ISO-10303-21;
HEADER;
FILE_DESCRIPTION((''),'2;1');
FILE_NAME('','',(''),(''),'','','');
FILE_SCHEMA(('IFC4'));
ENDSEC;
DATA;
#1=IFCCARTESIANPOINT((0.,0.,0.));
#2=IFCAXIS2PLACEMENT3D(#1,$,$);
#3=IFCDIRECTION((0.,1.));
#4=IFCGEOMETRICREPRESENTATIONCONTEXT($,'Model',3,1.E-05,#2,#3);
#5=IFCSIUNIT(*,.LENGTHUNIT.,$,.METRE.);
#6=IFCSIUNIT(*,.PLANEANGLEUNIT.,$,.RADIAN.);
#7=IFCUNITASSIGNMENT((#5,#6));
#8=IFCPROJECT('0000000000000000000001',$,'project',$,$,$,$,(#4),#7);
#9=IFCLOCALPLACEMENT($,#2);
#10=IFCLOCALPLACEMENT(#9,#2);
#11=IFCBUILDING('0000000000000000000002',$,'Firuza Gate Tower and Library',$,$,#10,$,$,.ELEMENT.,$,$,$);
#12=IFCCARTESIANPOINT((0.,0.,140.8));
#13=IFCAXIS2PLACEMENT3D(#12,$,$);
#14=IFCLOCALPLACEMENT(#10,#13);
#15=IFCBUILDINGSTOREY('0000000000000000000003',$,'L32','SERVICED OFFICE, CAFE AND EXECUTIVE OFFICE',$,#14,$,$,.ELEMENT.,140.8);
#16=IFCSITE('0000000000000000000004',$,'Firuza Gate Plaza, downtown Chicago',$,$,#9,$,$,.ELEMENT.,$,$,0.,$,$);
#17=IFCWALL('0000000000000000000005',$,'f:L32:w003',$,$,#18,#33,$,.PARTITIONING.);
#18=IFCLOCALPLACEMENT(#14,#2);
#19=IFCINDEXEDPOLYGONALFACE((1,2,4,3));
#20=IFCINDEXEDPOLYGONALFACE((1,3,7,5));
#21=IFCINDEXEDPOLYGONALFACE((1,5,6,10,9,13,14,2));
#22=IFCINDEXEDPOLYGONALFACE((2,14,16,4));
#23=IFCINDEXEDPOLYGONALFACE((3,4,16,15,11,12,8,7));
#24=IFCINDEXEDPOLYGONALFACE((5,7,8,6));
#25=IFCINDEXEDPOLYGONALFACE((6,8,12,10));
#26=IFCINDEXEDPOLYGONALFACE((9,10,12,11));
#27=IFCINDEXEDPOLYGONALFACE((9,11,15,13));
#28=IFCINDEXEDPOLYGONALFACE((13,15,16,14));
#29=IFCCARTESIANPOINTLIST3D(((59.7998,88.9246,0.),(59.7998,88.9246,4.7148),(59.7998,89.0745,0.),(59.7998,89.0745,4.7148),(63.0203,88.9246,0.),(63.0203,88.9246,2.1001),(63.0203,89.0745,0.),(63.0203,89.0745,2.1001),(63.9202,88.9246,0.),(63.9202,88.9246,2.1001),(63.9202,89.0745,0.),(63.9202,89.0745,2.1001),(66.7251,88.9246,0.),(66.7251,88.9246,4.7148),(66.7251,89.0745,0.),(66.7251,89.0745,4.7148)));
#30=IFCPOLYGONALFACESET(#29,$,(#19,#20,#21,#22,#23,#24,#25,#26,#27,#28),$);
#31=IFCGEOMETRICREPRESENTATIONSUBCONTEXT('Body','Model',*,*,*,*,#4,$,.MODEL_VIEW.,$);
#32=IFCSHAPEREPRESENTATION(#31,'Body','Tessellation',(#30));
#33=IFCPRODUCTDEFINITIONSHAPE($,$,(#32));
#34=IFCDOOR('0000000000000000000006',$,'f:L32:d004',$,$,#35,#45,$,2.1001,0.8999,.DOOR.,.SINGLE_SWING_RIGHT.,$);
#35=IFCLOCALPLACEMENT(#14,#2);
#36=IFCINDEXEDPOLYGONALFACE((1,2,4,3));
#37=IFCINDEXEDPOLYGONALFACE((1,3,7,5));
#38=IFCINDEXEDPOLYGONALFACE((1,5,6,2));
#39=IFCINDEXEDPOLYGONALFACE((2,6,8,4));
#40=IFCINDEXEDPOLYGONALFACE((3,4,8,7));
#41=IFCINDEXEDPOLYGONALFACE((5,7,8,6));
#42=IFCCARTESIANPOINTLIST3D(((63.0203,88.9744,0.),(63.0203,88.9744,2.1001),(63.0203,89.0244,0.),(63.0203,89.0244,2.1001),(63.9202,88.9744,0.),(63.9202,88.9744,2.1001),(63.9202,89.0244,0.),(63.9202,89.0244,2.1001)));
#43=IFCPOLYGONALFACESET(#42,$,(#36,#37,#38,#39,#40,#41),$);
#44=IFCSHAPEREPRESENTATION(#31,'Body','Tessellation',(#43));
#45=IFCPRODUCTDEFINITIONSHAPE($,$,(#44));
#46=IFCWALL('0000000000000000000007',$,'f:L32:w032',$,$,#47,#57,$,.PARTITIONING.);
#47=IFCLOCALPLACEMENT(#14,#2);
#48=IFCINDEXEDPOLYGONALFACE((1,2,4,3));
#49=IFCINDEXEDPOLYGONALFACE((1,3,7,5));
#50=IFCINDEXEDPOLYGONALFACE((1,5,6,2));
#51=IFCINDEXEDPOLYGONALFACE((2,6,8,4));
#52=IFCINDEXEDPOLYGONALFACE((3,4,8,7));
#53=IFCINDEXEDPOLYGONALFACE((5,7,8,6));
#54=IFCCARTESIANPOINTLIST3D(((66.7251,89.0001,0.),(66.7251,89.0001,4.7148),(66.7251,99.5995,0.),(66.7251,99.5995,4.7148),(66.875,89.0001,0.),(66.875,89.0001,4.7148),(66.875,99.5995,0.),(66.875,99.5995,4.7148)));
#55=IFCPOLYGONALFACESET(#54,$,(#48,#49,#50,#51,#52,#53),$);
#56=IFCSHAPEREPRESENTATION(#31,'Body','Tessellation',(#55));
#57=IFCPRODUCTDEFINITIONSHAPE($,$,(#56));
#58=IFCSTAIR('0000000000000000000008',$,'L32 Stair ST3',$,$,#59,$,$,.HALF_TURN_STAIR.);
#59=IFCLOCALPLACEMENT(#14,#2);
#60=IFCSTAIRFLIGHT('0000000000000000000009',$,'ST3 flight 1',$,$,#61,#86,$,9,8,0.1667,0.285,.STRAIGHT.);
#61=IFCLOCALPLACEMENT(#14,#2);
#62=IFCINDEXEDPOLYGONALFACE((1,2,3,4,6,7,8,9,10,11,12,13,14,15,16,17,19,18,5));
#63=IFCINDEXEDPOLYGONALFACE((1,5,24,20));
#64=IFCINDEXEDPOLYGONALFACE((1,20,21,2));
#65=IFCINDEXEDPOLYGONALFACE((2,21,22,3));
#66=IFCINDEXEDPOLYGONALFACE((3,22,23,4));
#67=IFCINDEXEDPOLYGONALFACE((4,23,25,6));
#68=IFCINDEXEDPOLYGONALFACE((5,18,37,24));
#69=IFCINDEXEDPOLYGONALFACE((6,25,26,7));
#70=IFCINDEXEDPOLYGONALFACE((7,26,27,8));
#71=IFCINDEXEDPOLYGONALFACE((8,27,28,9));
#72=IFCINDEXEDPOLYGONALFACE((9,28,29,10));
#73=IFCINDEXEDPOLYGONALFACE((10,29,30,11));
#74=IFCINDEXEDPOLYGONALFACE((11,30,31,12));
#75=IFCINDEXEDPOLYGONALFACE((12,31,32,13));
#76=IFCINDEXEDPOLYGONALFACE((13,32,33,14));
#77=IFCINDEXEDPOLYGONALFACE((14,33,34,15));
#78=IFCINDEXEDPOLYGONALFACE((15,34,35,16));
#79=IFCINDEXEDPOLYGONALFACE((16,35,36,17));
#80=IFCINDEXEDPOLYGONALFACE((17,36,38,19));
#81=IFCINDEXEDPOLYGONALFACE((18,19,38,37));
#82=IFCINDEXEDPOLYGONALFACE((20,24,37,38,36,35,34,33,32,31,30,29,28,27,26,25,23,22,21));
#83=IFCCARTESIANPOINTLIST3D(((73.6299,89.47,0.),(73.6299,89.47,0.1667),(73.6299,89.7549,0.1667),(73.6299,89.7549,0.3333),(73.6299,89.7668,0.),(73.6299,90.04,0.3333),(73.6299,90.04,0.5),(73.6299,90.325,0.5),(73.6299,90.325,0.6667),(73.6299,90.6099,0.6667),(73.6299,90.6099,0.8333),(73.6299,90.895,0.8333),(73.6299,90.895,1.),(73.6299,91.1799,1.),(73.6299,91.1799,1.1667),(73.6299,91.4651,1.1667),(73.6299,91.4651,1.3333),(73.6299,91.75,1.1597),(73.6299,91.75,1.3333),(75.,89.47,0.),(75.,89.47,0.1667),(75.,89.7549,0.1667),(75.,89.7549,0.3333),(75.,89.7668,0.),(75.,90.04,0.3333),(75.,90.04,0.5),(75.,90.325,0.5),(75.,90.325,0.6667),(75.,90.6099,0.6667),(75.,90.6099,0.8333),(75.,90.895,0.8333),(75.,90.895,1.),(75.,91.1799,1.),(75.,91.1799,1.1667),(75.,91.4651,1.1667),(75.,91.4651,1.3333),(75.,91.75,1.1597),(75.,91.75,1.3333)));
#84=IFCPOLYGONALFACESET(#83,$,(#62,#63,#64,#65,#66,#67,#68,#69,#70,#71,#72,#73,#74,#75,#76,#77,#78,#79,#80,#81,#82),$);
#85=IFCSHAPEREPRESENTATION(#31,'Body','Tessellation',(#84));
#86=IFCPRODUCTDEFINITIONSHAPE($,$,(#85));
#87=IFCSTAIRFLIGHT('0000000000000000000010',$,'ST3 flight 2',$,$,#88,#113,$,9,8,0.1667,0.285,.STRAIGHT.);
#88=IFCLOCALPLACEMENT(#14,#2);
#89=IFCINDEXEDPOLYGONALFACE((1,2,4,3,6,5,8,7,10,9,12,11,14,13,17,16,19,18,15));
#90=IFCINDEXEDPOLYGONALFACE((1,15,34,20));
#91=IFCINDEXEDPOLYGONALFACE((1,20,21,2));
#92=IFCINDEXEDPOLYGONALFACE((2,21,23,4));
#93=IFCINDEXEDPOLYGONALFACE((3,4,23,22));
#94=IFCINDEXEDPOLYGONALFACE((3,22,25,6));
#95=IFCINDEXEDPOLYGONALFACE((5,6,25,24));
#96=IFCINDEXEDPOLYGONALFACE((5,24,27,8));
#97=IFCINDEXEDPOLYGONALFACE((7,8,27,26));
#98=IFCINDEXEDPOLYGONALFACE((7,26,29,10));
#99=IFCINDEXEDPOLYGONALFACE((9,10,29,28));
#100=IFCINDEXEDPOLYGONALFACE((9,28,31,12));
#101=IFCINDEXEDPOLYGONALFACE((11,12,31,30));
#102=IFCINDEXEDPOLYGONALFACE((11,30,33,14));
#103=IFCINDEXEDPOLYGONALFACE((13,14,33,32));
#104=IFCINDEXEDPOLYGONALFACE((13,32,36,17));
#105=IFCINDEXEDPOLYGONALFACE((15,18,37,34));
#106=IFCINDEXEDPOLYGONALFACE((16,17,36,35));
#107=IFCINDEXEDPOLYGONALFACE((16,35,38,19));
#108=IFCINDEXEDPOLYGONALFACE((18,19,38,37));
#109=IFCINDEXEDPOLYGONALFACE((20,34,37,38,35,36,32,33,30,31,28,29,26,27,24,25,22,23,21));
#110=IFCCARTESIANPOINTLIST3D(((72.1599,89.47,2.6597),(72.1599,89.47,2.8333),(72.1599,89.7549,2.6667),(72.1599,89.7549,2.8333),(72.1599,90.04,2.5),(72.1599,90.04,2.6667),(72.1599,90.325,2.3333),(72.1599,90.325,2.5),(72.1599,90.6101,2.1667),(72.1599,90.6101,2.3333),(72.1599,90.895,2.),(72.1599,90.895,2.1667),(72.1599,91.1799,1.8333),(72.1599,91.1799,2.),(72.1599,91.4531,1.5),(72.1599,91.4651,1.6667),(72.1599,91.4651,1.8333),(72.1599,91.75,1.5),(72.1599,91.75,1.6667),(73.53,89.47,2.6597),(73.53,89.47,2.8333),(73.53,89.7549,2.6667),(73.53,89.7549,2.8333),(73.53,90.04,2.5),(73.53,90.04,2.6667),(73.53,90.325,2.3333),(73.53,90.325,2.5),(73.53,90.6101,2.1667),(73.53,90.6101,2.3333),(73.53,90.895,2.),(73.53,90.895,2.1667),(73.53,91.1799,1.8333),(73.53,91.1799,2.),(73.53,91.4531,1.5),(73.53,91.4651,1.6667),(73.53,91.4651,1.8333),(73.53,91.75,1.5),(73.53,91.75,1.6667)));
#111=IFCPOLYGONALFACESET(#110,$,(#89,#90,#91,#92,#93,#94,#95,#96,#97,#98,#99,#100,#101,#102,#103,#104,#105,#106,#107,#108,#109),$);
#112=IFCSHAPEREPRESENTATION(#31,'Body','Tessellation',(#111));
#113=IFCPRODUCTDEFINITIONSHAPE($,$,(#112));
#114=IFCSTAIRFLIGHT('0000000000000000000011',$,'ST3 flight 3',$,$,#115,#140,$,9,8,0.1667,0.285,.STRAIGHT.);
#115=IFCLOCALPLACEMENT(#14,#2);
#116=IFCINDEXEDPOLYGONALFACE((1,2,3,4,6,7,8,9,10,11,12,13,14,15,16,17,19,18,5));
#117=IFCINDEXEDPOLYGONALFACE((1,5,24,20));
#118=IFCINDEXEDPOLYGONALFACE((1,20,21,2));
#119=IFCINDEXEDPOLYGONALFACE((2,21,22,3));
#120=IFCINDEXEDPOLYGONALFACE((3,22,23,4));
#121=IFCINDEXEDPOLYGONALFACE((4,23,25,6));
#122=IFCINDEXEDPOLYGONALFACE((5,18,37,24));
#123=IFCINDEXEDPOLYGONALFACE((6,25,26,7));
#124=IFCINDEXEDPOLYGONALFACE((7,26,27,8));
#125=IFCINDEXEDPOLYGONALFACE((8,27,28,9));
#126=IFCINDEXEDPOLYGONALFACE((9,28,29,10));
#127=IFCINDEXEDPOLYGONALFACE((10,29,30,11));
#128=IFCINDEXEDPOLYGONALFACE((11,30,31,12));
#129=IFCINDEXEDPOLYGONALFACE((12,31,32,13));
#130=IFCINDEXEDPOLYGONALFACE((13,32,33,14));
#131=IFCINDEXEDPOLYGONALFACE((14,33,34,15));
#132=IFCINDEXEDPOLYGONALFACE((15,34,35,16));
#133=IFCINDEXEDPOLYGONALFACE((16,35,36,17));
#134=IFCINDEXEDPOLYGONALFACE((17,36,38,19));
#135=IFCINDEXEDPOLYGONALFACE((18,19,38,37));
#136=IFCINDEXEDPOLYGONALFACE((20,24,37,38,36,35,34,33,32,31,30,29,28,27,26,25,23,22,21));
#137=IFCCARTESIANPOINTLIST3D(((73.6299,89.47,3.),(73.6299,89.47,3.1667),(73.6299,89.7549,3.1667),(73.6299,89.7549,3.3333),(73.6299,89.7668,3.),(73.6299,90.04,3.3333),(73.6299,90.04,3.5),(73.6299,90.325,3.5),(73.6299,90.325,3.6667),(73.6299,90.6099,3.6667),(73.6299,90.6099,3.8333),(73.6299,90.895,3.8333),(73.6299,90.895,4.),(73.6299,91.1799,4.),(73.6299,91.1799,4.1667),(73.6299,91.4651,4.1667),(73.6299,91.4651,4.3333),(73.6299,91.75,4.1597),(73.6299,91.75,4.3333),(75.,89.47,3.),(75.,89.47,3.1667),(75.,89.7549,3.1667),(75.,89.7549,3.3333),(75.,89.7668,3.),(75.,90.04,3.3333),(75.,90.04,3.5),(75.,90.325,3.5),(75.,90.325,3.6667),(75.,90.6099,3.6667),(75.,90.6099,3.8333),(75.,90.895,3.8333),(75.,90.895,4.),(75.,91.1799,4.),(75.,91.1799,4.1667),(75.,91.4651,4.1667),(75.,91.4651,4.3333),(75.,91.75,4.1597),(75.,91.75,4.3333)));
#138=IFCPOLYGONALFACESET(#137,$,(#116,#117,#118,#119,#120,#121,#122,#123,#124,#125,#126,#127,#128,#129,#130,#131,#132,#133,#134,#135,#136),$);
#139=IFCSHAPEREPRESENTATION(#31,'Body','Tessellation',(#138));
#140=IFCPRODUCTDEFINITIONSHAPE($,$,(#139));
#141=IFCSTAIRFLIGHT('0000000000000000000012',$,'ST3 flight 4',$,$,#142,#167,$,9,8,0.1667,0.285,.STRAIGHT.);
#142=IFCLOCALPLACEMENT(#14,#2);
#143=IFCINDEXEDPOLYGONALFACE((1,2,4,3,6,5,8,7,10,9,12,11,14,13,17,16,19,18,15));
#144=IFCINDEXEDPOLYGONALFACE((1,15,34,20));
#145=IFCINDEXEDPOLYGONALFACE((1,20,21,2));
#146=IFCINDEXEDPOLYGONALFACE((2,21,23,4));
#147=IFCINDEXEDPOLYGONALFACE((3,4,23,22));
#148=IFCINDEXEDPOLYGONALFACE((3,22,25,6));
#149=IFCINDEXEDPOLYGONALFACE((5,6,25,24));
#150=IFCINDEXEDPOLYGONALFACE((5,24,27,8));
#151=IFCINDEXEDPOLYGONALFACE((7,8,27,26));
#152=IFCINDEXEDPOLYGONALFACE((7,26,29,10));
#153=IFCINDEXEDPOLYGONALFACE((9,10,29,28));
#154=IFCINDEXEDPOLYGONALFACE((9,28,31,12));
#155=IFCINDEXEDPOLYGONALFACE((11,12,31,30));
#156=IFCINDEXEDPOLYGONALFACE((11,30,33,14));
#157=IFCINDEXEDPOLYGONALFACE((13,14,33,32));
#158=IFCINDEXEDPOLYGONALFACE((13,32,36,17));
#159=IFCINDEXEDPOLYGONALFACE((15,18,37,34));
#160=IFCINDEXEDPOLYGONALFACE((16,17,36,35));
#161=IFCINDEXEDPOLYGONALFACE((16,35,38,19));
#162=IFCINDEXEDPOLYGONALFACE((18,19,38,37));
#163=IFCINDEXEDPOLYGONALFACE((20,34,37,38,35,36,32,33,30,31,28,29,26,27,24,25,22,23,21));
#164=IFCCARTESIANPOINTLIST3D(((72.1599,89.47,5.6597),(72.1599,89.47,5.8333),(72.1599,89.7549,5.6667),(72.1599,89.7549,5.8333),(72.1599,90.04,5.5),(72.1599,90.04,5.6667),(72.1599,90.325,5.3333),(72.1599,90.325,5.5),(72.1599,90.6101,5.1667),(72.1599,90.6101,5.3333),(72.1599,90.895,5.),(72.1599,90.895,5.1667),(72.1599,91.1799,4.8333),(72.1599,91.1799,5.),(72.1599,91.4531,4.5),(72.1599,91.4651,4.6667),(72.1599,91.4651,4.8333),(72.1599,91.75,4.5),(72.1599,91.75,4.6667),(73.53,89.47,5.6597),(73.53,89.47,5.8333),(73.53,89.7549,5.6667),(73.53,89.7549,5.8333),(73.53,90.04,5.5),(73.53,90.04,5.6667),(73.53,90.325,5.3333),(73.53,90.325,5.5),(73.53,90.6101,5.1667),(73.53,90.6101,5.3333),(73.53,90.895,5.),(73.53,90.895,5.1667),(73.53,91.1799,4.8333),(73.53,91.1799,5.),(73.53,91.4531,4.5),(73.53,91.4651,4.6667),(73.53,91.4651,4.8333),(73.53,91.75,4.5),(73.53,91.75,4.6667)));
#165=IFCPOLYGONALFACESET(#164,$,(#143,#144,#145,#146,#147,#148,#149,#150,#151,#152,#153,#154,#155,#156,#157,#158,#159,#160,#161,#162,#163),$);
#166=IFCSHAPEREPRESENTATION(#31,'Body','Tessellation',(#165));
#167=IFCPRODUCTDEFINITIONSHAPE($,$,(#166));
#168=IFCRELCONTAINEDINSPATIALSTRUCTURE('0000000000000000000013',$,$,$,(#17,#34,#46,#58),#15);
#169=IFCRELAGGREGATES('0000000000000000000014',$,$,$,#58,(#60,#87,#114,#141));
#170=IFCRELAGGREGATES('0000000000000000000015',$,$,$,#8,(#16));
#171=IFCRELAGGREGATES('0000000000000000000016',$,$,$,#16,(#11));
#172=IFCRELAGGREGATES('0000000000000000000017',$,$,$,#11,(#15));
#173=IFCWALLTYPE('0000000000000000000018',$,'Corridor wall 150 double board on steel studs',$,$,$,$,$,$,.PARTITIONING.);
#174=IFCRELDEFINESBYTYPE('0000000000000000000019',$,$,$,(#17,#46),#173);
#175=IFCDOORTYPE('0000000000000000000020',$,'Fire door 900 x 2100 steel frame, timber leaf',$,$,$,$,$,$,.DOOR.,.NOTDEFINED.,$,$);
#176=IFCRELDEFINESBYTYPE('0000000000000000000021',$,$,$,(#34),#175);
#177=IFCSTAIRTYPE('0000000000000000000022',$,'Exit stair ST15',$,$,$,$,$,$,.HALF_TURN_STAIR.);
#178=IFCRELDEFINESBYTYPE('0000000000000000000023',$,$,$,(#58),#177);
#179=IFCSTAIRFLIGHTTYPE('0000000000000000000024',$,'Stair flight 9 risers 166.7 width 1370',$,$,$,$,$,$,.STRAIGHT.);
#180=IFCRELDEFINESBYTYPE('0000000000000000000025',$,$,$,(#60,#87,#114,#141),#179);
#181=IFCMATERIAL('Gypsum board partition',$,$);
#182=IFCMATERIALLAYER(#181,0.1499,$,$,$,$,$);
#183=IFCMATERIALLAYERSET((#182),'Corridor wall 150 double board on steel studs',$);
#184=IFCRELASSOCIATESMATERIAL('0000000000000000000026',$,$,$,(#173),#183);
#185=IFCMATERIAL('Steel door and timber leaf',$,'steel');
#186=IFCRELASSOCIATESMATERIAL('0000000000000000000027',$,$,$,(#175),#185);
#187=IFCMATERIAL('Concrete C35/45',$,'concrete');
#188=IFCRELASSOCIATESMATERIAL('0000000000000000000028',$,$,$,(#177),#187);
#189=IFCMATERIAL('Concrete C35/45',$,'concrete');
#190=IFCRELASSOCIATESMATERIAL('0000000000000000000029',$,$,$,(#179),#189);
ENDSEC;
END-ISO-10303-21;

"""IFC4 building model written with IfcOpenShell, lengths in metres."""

from ifc_helpers import new_model, si_unit, direction, frame, frame_2d, origin, place, context, subcontext, project, spatial, polyline, rectangle, outline, extrude, material, layer, layer_set, type_object, element, fill, aggregate, save


model = new_model("IFC4")

# Units and contexts
model_context = context("Model", 3, precision=1e-05, world=origin(), true_north=direction((0.0, 1.0)))
body_context = subcontext(model_context, "Body", "Model", "MODEL_VIEW")
ifc_project = project(units=[si_unit("LENGTHUNIT", "METRE"), si_unit("PLANEANGLEUNIT", "RADIAN")], contexts=[model_context])

# Site, building, storey
site_placement = place(None, origin())
site = spatial("IfcSite", under=ifc_project, at=site_placement, Name="Firuza Gate Plaza, downtown Chicago", CompositionType="ELEMENT", RefElevation=0.0)
building_placement = place(site_placement, origin())
building = spatial("IfcBuilding", under=site, at=building_placement, Name="Firuza Gate Tower and Library", CompositionType="ELEMENT")
storey_placement = place(building_placement, frame((0.0, 0.0, 140.8)))
storey = spatial("IfcBuildingStorey", under=building, at=storey_placement, Name="L32", Description="SERVICED OFFICE, CAFE AND EXECUTIVE OFFICE", CompositionType="ELEMENT", Elevation=140.8)

# Shared definitions
placement = place(storey_placement, origin())

# Wall, opening, door
ifc_material_1 = material(Name="Gypsum board partition")
ifc_layer_1 = layer(ifc_material_1, 0.1499)
ifc_layer_set_1 = layer_set([ifc_layer_1], Name="Corridor wall 150 double board on steel studs")
wall_type_1 = type_object("IfcWallType", Name="Corridor wall 150 double board on steel studs", PredefinedType="PARTITIONING", material=ifc_layer_set_1)
wall_1_placement = place(storey_placement, frame((59.7998, 88.9995, 0.0), z_axis=(0.0, 0.0, 1.0), x_axis=(1.0, 0.0, 0.0)))
wall_1 = element("IfcWall", 1, at=wall_1_placement, inside=storey, type_object=wall_type_1, Name="f:L32:w003", PredefinedType="PARTITIONING", context=body_context, shape_type="SweptSolid", body=[
    extrude(rectangle(XDim=6.9253, YDim=0.1499, at=frame_2d((3.4626, 0.0))), origin(), (0.0, 0.0, 1.0), 4.7148),
])
opening_1_placement = place(wall_1_placement, frame((3.2205, 0.0, 0.0)))
opening_1 = element("IfcOpeningElement", 2, at=opening_1_placement, cuts=wall_1, PredefinedType="OPENING", context=body_context, shape_type="SweptSolid", body=[
    extrude(rectangle(XDim=0.8999, YDim=2.1001, at=frame_2d((0.45, 1.05))), frame((0.0, 0.085, 0.0), z_axis=(0.0, -1.0, 0.0), x_axis=(1.0, 0.0, 0.0)), (0.0, 0.0, 1.0), 0.1699),
])
ifc_material_2 = material(Name="Steel door and timber leaf", Category="steel")
door_type_1 = type_object("IfcDoorType", Name="Fire door 900 x 2100 steel frame, timber leaf", OperationType="NOTDEFINED", PredefinedType="DOOR", material=ifc_material_2)
door_1_placement = place(opening_1_placement, origin())
door_1 = element("IfcDoor", 3, at=door_1_placement, inside=storey, type_object=door_type_1, Name="f:L32:d004", OperationType="SINGLE_SWING_RIGHT", OverallHeight=2.1001, OverallWidth=0.8999, PredefinedType="DOOR", context=body_context, shape_type="SweptSolid", body=[
    extrude(rectangle(XDim=0.8999, YDim=2.1001, at=frame_2d((0.45, 1.05))), frame((0.0, 0.0249, 0.0), z_axis=(0.0, -1.0, 0.0), x_axis=(1.0, 0.0, 0.0)), (0.0, 0.0, 1.0), 0.05),
])
fill(opening_1, door_1)

# Wall
wall_2_placement = place(storey_placement, frame((66.8, 89.0, 0.0), z_axis=(0.0, 0.0, 1.0), x_axis=(0.0, 1.0, 0.0)))
element("IfcWall", 4, at=wall_2_placement, inside=storey, type_object=wall_type_1, Name="f:L32:w032", PredefinedType="PARTITIONING", context=body_context, shape_type="SweptSolid", body=[
    extrude(rectangle(XDim=10.5994, YDim=0.1499, at=frame_2d((5.2998, 0.0))), origin(), (0.0, 0.0, 1.0), 4.7148),
])

# Stair, stair flights
ifc_material_3 = material(Name="Concrete C35/45", Category="concrete")
stair_type = type_object("IfcStairType", Name="Exit stair ST15", PredefinedType="HALF_TURN_STAIR", material=ifc_material_3)
stair = element("IfcStair", 5, at=placement, inside=storey, type_object=stair_type, Name="L32 Stair ST3", PredefinedType="HALF_TURN_STAIR")
ifc_material_4 = material(Name="Concrete C35/45", Category="concrete")
stair_flight_type = type_object("IfcStairFlightType", Name="Stair flight 9 risers 166.7 width 1370", PredefinedType="STRAIGHT", material=ifc_material_4)
stair_flight_1_placement = place(storey_placement, frame((74.3149, 89.47, 0.0), z_axis=(0.0, 0.0, 1.0), x_axis=(0.0, 1.0, 0.0)))
stair_flight_1 = element("IfcStairFlight", 6, at=stair_flight_1_placement, type_object=stair_flight_type, Name="ST3 flight 1", NumberOfRisers=9, NumberOfTreads=8, PredefinedType="STRAIGHT", RiserHeight=0.1667, TreadLength=0.285, context=body_context, shape_type="SweptSolid", body=[
    extrude(outline(polyline([(0.0, 0.0), (0.0, 0.1667), (0.2849, 0.1667), (0.2849, 0.3333), (0.5701, 0.3333), (0.5701, 0.5), (0.855, 0.5), (0.855, 0.6667), (1.1399, 0.6667), (1.1399, 0.8333), (1.425, 0.8333), (1.425, 1.0), (1.71, 1.0), (1.71, 1.1667), (1.9951, 1.1667), (1.9951, 1.3333), (2.28, 1.3333), (2.28, 1.5), (2.28, 1.1597), (0.2969, 0.0), (0.0, 0.0)])), frame((0.0, 0.6851, 0.0), z_axis=(0.0, -1.0, 0.0), x_axis=(1.0, 0.0, 0.0)), (0.0, 0.0, 1.0), 1.3701),
])
stair_flight_2_placement = place(storey_placement, frame((72.845, 91.75, 1.5), z_axis=(0.0, 0.0, 1.0), x_axis=(0.0, -1.0, 0.0)))
stair_flight_2 = element("IfcStairFlight", 7, at=stair_flight_2_placement, type_object=stair_flight_type, Name="ST3 flight 2", NumberOfRisers=9, NumberOfTreads=8, PredefinedType="STRAIGHT", RiserHeight=0.1667, TreadLength=0.285, context=body_context, shape_type="SweptSolid", body=[
    extrude(outline(polyline([(0.0, 0.0), (0.0, 0.1667), (0.2849, 0.1667), (0.2849, 0.3333), (0.5701, 0.3333), (0.5701, 0.5), (0.855, 0.5), (0.855, 0.6667), (1.1399, 0.6667), (1.1399, 0.8333), (1.425, 0.8333), (1.425, 1.0), (1.71, 1.0), (1.71, 1.1667), (1.9951, 1.1667), (1.9951, 1.3333), (2.28, 1.3333), (2.28, 1.5), (2.28, 1.1597), (0.2969, 0.0), (0.0, 0.0)])), frame((0.0, 0.6851, 0.0), z_axis=(0.0, -1.0, 0.0), x_axis=(1.0, 0.0, 0.0)), (0.0, 0.0, 1.0), 1.3701),
])
stair_flight_3_placement = place(storey_placement, frame((74.3149, 89.47, 3.0), z_axis=(0.0, 0.0, 1.0), x_axis=(0.0, 1.0, 0.0)))
stair_flight_3 = element("IfcStairFlight", 8, at=stair_flight_3_placement, type_object=stair_flight_type, Name="ST3 flight 3", NumberOfRisers=9, NumberOfTreads=8, PredefinedType="STRAIGHT", RiserHeight=0.1667, TreadLength=0.285, context=body_context, shape_type="SweptSolid", body=[
    extrude(outline(polyline([(0.0, 0.0), (0.0, 0.1667), (0.2849, 0.1667), (0.2849, 0.3333), (0.5701, 0.3333), (0.5701, 0.5), (0.855, 0.5), (0.855, 0.6667), (1.1399, 0.6667), (1.1399, 0.8333), (1.425, 0.8333), (1.425, 1.0), (1.71, 1.0), (1.71, 1.1667), (1.9951, 1.1667), (1.9951, 1.3333), (2.28, 1.3333), (2.28, 1.5), (2.28, 1.1597), (0.2969, 0.0), (0.0, 0.0)])), frame((0.0, 0.6851, 0.0), z_axis=(0.0, -1.0, 0.0), x_axis=(1.0, 0.0, 0.0)), (0.0, 0.0, 1.0), 1.3701),
])
stair_flight_4_placement = place(storey_placement, frame((72.845, 91.75, 4.5), z_axis=(0.0, 0.0, 1.0), x_axis=(0.0, -1.0, 0.0)))
stair_flight_4 = element("IfcStairFlight", 9, at=stair_flight_4_placement, type_object=stair_flight_type, Name="ST3 flight 4", NumberOfRisers=9, NumberOfTreads=8, PredefinedType="STRAIGHT", RiserHeight=0.1667, TreadLength=0.285, context=body_context, shape_type="SweptSolid", body=[
    extrude(outline(polyline([(0.0, 0.0), (0.0, 0.1667), (0.2849, 0.1667), (0.2849, 0.3333), (0.5701, 0.3333), (0.5701, 0.5), (0.855, 0.5), (0.855, 0.6667), (1.1399, 0.6667), (1.1399, 0.8333), (1.425, 0.8333), (1.425, 1.0), (1.71, 1.0), (1.71, 1.1667), (1.9951, 1.1667), (1.9951, 1.3333), (2.28, 1.3333), (2.28, 1.5), (2.28, 1.1597), (0.2969, 0.0), (0.0, 0.0)])), frame((0.0, 0.6851, 0.0), z_axis=(0.0, -1.0, 0.0), x_axis=(1.0, 0.0, 0.0)), (0.0, 0.0, 1.0), 1.3701),
])
aggregate(stair, [stair_flight_1, stair_flight_2, stair_flight_3, stair_flight_4])

save(model, "model.ifc")
